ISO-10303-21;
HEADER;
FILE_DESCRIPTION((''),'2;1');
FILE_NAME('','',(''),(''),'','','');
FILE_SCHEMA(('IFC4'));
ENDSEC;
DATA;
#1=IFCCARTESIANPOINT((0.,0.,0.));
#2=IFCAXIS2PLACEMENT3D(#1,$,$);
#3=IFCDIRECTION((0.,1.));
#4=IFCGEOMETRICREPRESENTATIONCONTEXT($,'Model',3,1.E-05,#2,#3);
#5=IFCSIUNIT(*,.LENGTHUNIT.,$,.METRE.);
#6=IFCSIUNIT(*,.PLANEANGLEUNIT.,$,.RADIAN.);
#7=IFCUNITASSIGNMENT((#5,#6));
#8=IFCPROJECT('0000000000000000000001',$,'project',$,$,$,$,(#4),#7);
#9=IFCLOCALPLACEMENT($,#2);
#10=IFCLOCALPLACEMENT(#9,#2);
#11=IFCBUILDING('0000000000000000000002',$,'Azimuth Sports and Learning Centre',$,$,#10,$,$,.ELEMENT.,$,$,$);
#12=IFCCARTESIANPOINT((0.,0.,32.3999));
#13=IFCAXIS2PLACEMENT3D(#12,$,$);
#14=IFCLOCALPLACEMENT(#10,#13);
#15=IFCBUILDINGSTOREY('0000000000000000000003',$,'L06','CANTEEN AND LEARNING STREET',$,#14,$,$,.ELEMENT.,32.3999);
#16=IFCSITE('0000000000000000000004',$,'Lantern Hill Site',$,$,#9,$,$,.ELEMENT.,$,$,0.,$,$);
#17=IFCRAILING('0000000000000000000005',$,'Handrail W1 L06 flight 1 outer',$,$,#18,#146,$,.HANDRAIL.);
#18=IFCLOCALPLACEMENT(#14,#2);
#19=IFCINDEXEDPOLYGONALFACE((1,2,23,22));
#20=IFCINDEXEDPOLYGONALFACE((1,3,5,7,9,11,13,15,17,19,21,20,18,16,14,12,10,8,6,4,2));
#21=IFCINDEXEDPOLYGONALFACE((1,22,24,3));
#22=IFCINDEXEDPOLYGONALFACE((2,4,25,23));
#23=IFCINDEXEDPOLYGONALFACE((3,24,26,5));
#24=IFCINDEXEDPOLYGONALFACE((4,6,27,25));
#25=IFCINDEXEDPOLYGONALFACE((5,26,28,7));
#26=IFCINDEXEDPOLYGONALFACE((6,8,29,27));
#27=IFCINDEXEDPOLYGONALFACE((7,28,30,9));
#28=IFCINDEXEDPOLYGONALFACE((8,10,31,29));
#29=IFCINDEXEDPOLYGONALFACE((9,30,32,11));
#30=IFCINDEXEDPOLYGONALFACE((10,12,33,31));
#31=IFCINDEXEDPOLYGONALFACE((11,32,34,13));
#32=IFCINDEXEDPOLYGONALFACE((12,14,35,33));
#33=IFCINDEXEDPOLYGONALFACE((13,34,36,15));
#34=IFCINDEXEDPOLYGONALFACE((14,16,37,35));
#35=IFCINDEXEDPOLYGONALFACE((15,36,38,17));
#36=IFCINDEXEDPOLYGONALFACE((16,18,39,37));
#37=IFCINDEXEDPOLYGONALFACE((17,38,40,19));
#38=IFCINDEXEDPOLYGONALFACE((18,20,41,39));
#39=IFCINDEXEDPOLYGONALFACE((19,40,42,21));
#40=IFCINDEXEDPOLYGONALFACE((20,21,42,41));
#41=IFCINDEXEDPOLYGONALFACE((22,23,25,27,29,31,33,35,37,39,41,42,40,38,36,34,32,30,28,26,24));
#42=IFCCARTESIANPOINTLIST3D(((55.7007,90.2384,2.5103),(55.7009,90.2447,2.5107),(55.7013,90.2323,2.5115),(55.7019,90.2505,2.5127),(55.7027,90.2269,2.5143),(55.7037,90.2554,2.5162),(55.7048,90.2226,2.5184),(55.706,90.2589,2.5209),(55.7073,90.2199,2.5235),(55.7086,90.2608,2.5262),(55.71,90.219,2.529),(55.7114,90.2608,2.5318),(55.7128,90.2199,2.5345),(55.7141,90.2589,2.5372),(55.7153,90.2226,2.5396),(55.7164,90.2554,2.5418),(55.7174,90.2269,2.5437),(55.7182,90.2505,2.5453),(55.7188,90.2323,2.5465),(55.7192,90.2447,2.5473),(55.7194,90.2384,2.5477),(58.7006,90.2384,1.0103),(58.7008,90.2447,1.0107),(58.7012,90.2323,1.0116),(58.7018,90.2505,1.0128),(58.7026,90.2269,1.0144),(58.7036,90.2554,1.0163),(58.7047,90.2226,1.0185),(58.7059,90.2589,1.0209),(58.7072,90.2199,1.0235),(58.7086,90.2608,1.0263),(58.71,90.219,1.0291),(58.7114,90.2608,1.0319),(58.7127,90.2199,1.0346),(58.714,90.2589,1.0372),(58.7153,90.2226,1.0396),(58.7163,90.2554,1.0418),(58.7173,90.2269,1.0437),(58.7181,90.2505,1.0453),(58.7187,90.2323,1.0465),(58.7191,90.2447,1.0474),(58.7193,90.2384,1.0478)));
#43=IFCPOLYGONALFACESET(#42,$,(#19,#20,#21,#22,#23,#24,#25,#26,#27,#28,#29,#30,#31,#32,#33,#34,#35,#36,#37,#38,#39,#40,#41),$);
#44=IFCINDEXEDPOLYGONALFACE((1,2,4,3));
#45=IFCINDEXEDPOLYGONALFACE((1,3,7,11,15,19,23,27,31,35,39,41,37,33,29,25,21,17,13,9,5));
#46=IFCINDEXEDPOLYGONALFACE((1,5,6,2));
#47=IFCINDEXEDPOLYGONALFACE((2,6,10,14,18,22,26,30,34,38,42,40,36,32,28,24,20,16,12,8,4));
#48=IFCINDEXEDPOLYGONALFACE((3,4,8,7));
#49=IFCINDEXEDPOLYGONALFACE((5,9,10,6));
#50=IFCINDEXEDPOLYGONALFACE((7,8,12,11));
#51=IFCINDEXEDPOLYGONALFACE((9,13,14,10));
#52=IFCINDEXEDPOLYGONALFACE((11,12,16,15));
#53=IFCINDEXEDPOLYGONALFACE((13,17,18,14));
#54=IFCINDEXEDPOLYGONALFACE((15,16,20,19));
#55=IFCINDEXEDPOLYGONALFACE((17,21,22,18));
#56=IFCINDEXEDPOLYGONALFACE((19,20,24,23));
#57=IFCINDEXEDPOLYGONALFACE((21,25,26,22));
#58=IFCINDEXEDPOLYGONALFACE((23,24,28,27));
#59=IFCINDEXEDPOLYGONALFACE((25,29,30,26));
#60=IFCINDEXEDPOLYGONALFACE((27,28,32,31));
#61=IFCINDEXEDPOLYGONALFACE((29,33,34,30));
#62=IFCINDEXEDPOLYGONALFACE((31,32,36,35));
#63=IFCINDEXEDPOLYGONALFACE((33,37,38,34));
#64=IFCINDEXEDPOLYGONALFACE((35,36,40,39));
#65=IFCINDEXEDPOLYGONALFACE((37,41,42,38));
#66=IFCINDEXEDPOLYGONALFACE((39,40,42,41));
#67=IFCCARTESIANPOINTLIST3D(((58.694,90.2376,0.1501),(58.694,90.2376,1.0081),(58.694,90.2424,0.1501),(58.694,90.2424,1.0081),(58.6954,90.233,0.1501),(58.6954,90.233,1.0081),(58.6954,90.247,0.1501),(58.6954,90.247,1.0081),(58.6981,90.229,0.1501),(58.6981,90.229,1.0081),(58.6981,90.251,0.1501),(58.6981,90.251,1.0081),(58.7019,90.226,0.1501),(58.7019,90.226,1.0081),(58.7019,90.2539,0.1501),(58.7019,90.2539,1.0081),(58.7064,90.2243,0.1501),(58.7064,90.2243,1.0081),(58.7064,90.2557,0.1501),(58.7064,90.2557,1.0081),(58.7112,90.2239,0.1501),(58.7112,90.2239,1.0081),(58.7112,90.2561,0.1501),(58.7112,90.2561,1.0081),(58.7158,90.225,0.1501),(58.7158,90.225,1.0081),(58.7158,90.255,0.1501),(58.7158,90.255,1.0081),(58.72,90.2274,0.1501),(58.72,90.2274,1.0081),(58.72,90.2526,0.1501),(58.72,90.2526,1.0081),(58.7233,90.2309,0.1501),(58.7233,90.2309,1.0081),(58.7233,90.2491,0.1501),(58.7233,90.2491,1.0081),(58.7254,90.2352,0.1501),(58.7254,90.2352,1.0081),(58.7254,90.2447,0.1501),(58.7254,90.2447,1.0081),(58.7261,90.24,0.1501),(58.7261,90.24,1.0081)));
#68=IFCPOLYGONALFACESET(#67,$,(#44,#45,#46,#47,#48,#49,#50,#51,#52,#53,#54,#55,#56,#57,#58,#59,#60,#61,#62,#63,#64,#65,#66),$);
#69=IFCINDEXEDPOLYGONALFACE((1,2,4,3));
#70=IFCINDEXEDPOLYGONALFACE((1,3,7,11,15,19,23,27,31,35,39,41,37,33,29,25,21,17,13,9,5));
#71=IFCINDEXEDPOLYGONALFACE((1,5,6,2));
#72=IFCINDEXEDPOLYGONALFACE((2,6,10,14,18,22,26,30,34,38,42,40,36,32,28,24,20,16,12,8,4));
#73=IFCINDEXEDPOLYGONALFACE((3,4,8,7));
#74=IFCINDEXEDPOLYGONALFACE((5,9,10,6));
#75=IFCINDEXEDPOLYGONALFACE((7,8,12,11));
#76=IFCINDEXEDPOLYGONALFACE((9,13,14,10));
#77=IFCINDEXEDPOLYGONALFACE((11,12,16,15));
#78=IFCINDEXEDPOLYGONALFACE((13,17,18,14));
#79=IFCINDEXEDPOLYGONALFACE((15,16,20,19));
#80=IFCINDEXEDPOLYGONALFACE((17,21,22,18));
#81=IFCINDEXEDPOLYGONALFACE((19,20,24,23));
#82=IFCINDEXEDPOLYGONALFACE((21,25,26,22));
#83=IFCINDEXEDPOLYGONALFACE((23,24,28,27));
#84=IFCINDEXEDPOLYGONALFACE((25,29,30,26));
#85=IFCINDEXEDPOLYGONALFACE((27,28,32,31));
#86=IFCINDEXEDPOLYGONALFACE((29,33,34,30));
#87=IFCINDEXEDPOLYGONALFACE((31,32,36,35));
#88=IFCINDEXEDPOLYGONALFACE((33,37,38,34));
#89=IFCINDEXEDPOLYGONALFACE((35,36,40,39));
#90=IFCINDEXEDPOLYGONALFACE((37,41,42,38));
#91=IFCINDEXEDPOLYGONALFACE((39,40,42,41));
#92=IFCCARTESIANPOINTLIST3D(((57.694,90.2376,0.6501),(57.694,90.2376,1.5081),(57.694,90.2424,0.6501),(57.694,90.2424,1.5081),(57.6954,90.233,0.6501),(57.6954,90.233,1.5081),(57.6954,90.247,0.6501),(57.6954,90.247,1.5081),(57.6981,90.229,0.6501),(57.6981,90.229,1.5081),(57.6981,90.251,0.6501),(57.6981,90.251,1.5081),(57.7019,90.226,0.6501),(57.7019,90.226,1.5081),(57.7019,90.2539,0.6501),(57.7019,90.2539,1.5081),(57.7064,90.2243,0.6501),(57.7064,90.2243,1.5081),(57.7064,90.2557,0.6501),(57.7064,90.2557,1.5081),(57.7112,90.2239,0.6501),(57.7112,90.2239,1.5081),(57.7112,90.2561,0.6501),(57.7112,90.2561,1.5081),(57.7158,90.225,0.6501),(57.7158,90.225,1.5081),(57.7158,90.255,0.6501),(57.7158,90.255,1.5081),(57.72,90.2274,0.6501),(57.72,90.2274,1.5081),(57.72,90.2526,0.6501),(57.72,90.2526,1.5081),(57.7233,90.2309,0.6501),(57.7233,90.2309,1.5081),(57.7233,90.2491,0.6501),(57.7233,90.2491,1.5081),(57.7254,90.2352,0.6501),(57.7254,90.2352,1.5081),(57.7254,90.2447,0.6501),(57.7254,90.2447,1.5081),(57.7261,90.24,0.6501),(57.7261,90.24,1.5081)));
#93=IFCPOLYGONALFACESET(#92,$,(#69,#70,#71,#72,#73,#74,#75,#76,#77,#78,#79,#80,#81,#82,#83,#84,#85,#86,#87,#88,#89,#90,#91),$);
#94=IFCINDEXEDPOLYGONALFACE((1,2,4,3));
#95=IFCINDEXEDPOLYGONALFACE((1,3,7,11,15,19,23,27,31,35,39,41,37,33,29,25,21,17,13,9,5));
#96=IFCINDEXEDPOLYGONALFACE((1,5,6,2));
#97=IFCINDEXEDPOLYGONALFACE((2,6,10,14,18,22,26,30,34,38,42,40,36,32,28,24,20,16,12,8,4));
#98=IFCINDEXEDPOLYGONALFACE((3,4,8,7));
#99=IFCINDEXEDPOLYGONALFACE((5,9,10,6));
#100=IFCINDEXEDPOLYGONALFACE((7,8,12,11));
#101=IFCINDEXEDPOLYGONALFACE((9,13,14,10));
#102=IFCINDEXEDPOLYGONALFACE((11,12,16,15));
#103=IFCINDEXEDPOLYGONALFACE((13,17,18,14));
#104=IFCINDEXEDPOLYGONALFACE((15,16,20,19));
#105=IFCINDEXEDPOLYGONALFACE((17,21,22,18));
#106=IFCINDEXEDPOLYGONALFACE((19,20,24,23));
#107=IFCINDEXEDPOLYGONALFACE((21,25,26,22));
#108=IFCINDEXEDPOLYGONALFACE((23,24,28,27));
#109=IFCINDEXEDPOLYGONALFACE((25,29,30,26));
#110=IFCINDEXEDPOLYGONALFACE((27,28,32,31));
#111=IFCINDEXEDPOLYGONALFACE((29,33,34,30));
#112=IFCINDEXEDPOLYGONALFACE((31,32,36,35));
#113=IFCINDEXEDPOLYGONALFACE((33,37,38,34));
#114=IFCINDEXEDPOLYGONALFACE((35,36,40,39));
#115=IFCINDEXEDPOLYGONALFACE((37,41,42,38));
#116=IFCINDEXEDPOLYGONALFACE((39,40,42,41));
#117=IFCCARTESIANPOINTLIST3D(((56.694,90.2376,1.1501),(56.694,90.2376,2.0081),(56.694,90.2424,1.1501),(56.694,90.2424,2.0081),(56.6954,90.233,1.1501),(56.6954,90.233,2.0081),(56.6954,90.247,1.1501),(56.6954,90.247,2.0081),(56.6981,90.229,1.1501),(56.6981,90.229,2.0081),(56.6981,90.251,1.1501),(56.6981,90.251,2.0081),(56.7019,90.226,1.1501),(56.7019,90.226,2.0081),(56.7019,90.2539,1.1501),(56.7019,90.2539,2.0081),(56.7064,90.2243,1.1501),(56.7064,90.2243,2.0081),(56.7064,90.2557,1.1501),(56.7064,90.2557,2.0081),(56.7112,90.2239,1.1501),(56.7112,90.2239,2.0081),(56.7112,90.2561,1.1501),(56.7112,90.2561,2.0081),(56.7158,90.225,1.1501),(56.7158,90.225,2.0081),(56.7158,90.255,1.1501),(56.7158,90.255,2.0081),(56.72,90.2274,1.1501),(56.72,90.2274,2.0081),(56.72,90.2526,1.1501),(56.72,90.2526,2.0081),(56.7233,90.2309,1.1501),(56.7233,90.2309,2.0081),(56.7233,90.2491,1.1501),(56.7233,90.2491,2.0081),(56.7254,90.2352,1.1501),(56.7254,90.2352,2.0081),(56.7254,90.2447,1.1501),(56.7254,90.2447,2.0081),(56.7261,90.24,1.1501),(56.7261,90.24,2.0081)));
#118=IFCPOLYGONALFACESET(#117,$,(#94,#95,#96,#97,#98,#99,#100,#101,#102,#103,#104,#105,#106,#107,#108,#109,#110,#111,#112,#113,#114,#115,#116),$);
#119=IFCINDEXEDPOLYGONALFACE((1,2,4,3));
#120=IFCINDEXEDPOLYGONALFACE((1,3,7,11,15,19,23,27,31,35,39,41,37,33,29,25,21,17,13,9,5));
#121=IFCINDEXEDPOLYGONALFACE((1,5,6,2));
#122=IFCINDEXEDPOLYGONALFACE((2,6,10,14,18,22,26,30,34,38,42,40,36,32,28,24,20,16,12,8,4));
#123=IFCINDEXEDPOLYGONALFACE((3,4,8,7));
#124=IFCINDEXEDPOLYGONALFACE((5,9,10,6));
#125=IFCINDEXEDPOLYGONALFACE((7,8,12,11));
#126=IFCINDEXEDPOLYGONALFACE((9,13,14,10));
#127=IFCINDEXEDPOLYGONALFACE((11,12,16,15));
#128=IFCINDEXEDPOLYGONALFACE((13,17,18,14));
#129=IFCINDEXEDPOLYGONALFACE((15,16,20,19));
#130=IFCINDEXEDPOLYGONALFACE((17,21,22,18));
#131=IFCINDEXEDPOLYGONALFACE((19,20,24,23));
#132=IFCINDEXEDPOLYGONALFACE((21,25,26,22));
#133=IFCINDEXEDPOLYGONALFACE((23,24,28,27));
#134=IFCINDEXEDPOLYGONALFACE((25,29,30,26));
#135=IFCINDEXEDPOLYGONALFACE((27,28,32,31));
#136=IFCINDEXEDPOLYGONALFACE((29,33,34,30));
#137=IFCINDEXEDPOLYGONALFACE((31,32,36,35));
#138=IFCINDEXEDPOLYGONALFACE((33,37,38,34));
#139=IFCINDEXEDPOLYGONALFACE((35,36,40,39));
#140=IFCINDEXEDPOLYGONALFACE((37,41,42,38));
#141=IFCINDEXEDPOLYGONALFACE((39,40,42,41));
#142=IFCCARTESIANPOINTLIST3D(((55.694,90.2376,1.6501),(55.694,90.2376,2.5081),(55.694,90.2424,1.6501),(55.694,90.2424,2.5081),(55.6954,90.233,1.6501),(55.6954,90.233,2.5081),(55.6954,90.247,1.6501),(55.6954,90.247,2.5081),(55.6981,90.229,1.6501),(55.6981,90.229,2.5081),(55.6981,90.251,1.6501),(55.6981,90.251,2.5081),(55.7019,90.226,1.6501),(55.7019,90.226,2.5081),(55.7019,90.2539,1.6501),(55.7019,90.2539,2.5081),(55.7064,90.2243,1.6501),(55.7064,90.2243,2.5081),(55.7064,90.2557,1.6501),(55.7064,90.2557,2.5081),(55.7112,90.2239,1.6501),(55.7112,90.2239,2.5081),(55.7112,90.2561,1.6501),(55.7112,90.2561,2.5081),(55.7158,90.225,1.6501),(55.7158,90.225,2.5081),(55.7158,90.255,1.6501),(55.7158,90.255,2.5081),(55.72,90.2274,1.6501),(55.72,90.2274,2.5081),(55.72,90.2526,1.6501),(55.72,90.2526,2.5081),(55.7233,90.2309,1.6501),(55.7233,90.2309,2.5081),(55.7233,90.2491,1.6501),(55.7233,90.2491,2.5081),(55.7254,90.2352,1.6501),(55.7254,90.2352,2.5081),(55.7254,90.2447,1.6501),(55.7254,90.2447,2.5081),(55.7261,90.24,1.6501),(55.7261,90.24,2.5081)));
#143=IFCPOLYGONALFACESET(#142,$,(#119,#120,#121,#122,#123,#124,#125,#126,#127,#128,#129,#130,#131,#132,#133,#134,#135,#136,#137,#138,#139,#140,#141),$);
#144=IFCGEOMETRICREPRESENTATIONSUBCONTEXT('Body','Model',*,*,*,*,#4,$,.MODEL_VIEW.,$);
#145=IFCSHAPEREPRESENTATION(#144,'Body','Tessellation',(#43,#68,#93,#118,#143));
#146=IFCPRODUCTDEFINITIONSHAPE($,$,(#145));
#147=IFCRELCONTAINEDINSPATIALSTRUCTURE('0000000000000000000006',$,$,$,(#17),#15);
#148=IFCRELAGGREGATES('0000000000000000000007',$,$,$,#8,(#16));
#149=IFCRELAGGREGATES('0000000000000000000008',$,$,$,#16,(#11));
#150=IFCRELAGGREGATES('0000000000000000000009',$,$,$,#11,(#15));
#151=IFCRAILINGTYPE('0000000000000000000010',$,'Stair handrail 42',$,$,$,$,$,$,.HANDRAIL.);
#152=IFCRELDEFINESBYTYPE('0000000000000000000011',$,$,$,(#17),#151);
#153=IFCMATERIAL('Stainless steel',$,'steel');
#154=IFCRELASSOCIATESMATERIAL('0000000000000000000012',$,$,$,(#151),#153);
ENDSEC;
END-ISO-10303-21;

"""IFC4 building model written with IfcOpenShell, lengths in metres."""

from ifc_helpers import new_model, si_unit, direction, frame, origin, origin_2d, place, context, subcontext, project, spatial, circle, extrude, material, type_object, element, save


model = new_model("IFC4")

# Units and contexts
model_context = context("Model", 3, precision=1e-05, world=origin(), true_north=direction((0.0, 1.0)))
body_context = subcontext(model_context, "Body", "Model", "MODEL_VIEW")
ifc_project = project(units=[si_unit("LENGTHUNIT", "METRE"), si_unit("PLANEANGLEUNIT", "RADIAN")], contexts=[model_context])

# Site, building, storey
site_placement = place(None, origin())
site = spatial("IfcSite", under=ifc_project, at=site_placement, Name="Lantern Hill Site", CompositionType="ELEMENT", RefElevation=0.0)
building_placement = place(site_placement, origin())
building = spatial("IfcBuilding", under=site, at=building_placement, Name="Azimuth Sports and Learning Centre", CompositionType="ELEMENT")
storey_placement = place(building_placement, frame((0.0, 0.0, 32.3999)))
storey = spatial("IfcBuildingStorey", under=building, at=storey_placement, Name="L06", Description="CANTEEN AND LEARNING STREET", CompositionType="ELEMENT", Elevation=32.3999)

# Railing
ifc_material_1 = material(Name="Stainless steel", Category="steel")
railing_type_1 = type_object("IfcRailingType", Name="Stair handrail 42", PredefinedType="HANDRAIL", material=ifc_material_1)
for number, where, name in (
    (1, (58.71, 90.24, 0.1501), "Handrail W1 L06 flight 1 outer"),
):
    element("IfcRailing", number, at=place(storey_placement, frame(where)), inside=storey, type_object=railing_type_1, Name=name, PredefinedType="HANDRAIL", context=body_context, shape_type="SweptSolid", body=[
        extrude(circle(Radius=0.021, at=origin_2d()), frame((0.0, 0.0, 0.8789), z_axis=(-0.894427, 0.0, 0.447214), x_axis=(0.0, -1.0, 0.0)), (0.0, 0.0, 1.0), 3.354),
        extrude(circle(Radius=0.0161, at=origin_2d()), origin(), (0.0, 0.0, 1.0), 0.8579),
        extrude(circle(Radius=0.0161, at=origin_2d()), frame((-1.0, 0.0, 0.5)), (0.0, 0.0, 1.0), 0.8579),
        extrude(circle(Radius=0.0161, at=origin_2d()), frame((-2.0, 0.0, 1.0)), (0.0, 0.0, 1.0), 0.8579),
        extrude(circle(Radius=0.0161, at=origin_2d()), frame((-3.0, 0.0, 1.5)), (0.0, 0.0, 1.0), 0.8579),
    ])

save(model, "model.ifc")
